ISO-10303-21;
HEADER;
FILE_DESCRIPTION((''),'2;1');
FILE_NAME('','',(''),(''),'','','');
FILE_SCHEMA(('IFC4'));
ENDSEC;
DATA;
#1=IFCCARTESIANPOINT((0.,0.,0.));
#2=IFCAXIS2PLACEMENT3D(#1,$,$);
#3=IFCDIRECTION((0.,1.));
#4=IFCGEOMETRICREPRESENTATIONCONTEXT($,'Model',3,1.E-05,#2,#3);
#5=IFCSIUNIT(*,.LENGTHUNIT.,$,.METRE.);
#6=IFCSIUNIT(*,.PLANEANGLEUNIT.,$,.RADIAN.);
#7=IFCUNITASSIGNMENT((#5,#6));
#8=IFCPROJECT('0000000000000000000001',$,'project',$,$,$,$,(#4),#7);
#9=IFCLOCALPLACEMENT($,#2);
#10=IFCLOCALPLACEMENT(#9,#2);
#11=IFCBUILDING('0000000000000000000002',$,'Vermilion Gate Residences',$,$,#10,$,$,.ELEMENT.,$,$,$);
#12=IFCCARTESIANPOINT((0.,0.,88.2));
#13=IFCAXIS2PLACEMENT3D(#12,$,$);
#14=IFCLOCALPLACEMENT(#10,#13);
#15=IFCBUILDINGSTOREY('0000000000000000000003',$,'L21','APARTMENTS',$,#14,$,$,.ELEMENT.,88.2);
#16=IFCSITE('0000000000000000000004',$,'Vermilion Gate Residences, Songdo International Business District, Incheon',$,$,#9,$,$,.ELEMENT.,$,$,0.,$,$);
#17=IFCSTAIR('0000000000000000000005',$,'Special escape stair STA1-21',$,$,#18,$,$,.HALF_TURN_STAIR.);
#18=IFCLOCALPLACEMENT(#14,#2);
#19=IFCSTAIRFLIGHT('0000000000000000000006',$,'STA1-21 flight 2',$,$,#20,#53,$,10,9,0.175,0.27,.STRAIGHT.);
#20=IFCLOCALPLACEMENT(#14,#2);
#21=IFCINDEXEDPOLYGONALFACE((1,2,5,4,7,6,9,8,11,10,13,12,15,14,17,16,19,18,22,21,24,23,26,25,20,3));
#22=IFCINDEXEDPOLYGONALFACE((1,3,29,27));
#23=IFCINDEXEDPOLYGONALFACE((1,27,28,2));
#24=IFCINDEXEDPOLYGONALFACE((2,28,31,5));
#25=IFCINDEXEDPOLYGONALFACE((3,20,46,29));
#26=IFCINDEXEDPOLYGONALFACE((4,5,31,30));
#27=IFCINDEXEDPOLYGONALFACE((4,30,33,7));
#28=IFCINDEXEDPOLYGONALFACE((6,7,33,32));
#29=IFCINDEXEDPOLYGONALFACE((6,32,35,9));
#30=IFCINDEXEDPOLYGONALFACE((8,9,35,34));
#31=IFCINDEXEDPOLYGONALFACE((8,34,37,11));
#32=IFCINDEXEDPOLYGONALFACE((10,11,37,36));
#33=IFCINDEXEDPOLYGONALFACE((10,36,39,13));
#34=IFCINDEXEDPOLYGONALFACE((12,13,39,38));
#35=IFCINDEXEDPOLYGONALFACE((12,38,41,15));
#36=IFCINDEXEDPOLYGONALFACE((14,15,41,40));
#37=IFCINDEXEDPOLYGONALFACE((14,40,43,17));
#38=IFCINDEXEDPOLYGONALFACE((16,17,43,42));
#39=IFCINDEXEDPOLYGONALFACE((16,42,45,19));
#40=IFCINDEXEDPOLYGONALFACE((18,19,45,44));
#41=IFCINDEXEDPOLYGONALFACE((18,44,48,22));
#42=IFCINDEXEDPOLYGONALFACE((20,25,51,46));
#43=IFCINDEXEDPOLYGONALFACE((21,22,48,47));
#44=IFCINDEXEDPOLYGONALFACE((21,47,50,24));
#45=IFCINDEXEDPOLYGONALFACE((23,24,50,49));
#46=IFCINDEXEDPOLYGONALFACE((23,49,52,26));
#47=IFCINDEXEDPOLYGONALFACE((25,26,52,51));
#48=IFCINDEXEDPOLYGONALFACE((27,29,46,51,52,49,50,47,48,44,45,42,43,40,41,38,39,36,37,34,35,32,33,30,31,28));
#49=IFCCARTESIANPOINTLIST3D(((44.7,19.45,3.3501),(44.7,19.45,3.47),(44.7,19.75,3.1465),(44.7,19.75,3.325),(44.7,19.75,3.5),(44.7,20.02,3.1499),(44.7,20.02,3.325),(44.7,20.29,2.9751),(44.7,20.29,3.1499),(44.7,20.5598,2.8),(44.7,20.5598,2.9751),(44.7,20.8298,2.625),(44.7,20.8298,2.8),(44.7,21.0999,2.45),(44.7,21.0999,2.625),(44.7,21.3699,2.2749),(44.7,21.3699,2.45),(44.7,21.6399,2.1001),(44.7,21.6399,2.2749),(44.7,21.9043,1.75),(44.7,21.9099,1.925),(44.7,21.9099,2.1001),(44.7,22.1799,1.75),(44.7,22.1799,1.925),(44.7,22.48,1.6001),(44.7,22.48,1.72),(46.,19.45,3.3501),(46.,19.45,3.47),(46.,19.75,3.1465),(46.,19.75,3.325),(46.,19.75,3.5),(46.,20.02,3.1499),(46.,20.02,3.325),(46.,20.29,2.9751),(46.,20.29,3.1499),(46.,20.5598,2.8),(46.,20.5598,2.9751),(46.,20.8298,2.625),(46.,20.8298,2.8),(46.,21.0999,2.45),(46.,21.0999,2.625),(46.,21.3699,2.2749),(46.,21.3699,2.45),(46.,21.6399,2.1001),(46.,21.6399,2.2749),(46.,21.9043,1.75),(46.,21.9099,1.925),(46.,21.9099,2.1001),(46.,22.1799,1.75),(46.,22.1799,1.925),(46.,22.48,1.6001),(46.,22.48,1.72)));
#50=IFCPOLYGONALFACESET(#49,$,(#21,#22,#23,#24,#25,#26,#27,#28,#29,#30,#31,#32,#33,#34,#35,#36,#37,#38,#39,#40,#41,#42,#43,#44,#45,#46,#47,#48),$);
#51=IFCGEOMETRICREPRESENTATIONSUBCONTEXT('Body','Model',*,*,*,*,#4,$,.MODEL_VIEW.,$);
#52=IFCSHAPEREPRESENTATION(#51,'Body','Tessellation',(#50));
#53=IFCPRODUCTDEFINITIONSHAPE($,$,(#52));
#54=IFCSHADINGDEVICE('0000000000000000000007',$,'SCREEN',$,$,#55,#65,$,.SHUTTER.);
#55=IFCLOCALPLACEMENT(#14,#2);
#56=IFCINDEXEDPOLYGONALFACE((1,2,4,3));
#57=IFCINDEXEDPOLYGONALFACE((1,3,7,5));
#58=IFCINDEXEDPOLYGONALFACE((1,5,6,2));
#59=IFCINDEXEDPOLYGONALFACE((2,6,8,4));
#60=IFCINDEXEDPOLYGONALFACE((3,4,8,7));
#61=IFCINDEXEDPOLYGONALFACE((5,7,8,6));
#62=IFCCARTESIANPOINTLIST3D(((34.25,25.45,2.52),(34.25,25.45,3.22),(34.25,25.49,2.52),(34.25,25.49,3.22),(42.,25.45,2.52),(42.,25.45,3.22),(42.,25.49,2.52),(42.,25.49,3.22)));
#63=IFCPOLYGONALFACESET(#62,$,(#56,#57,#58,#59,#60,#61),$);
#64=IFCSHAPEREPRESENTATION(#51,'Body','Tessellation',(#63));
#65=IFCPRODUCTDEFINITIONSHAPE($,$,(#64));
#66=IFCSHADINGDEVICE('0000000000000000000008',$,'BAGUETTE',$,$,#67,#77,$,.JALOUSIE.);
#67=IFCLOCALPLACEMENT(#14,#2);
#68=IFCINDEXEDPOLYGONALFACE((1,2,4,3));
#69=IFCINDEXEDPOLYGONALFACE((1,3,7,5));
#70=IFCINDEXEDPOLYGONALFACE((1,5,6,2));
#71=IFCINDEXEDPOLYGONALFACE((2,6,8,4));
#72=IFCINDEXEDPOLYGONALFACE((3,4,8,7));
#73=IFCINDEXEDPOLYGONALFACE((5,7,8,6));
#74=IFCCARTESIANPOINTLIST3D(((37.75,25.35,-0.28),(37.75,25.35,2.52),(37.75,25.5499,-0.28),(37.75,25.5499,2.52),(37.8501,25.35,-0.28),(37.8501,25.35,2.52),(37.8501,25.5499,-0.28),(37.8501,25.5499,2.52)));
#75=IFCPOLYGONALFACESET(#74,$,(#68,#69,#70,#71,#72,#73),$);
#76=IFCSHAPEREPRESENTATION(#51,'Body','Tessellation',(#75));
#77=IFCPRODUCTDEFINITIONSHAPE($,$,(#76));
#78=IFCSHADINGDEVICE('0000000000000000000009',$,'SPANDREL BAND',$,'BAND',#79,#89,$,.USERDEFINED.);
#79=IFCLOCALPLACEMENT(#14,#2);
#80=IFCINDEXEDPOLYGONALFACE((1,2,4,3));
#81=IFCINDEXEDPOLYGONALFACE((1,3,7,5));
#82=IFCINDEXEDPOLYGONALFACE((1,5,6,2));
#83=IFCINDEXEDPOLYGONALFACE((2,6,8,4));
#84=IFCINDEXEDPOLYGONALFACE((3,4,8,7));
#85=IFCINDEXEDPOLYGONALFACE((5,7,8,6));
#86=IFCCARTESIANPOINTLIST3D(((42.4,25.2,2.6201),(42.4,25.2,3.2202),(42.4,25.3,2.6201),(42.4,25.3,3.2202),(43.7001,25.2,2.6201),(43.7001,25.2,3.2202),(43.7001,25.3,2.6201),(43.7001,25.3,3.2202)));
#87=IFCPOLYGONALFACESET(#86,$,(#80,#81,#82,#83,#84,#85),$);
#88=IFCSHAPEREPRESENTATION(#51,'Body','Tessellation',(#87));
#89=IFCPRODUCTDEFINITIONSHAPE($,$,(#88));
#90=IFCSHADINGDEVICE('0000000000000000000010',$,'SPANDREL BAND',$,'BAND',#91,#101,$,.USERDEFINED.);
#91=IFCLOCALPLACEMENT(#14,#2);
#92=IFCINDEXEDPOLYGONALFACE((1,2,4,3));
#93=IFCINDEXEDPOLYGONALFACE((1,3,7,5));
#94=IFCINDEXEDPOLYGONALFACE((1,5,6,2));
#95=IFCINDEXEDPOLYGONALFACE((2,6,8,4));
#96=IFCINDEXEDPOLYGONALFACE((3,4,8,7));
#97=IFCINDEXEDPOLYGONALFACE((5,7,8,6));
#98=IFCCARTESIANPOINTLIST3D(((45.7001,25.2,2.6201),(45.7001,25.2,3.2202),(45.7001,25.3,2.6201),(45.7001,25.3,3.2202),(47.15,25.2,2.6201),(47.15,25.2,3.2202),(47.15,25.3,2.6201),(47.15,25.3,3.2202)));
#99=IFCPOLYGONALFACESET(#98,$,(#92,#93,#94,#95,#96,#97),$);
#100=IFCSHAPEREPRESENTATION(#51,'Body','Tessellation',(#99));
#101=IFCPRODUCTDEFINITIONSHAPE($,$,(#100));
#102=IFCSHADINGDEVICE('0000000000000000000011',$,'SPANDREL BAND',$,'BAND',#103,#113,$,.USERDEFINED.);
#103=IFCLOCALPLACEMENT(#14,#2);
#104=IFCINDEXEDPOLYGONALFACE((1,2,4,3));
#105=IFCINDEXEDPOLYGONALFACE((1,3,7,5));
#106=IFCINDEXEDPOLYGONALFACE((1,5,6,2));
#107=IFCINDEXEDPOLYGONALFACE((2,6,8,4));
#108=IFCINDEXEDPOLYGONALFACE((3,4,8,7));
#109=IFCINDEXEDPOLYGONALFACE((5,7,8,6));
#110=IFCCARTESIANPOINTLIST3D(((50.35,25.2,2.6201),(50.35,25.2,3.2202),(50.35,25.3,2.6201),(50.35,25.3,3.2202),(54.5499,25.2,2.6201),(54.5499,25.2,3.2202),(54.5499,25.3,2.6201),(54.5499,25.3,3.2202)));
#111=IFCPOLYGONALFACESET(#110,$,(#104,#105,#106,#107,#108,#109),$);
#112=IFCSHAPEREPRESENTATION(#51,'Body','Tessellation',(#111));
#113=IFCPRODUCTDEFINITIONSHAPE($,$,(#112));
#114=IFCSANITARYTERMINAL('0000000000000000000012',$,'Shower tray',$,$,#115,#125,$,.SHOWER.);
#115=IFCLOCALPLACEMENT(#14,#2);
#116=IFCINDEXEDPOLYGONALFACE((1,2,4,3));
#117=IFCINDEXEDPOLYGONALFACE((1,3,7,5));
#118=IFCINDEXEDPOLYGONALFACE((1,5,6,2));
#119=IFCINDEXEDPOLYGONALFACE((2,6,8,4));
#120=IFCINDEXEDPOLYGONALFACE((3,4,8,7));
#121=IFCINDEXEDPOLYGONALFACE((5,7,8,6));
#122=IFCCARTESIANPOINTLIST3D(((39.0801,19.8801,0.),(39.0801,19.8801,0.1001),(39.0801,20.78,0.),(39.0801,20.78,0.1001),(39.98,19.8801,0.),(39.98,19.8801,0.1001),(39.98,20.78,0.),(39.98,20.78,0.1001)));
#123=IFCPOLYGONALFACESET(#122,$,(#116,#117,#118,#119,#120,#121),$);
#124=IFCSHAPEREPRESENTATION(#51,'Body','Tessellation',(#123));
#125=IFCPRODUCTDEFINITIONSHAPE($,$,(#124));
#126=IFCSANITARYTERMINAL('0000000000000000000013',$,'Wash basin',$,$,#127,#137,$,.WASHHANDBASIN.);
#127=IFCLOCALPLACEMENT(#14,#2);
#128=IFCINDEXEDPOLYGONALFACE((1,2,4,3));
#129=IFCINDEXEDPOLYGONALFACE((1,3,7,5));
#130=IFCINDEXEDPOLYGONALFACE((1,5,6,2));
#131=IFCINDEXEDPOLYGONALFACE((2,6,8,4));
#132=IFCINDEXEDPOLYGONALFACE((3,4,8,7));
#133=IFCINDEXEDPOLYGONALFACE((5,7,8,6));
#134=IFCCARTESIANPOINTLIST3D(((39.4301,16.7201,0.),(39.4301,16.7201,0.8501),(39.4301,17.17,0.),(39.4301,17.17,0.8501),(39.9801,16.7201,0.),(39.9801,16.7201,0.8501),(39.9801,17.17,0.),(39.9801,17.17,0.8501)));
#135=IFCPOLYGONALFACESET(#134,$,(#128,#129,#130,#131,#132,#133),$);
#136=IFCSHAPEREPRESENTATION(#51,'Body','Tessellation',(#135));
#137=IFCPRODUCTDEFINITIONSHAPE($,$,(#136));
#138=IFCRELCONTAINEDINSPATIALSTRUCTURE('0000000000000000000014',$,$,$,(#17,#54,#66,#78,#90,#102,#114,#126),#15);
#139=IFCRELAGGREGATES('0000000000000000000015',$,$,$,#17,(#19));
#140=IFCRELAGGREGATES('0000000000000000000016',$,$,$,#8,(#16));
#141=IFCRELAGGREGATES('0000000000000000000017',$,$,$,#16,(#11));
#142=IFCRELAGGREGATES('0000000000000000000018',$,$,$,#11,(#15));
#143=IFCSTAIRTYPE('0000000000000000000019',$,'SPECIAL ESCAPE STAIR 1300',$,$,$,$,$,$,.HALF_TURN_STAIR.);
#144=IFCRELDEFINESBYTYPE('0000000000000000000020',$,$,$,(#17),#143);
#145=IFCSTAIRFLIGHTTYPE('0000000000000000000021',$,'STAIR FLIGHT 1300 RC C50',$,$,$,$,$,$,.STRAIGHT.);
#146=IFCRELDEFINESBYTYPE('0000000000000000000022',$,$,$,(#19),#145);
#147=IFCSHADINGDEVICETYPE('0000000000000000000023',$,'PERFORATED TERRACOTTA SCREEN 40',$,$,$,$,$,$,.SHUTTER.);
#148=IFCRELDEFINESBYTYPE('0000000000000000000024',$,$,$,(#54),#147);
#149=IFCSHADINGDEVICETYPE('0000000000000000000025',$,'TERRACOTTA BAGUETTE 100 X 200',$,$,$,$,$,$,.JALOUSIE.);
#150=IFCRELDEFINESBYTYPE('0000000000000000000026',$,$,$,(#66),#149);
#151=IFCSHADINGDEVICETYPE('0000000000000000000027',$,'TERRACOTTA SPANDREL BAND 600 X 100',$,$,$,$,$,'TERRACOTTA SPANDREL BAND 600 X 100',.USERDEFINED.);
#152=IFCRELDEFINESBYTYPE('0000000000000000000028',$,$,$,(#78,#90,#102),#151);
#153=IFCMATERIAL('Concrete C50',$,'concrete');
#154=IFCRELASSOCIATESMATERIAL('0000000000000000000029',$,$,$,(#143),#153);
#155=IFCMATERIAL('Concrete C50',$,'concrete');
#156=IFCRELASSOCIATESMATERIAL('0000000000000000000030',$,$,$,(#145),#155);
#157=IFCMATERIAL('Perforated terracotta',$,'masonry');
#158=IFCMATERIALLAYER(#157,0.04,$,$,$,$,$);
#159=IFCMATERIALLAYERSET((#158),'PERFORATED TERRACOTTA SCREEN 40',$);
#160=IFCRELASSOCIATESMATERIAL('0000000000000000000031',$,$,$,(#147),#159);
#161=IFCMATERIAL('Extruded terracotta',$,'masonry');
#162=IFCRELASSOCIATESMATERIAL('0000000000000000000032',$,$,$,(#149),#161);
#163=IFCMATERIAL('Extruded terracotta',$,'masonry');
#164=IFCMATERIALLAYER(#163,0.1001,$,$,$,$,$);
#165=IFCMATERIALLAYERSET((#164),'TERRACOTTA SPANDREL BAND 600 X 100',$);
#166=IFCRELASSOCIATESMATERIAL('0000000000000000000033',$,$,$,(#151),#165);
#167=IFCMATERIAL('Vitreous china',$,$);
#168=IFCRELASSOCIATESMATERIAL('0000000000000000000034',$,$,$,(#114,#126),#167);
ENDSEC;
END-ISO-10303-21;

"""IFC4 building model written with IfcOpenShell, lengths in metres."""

from ifc_helpers import new_model, si_unit, direction, frame, origin, origin_2d, place, context, subcontext, project, spatial, polyline, rectangle, outline, extrude, material, layer, layer_set, material_profile, profile_set, type_object, element, aggregate, save


model = new_model("IFC4")

# Units and contexts
model_context = context("Model", 3, precision=1e-05, world=origin(), true_north=direction((0.0, 1.0)))
body_context = subcontext(model_context, "Body", "Model", "MODEL_VIEW")
ifc_project = project(units=[si_unit("LENGTHUNIT", "METRE"), si_unit("PLANEANGLEUNIT", "RADIAN")], contexts=[model_context])

# Site, building, storey
site_placement = place(None, origin())
site = spatial("IfcSite", under=ifc_project, at=site_placement, Name="Vermilion Gate Residences, Songdo International Business District, Incheon", CompositionType="ELEMENT", RefElevation=0.0)
building_placement = place(site_placement, origin())
building = spatial("IfcBuilding", under=site, at=building_placement, Name="Vermilion Gate Residences", CompositionType="ELEMENT")
storey_placement = place(building_placement, frame((0.0, 0.0, 88.2)))
storey = spatial("IfcBuildingStorey", under=building, at=storey_placement, Name="L21", Description="APARTMENTS", CompositionType="ELEMENT", Elevation=88.2)

# Stair, stair flight
ifc_material_1 = material(Name="Concrete C50", Category="concrete")
stair_type = type_object("IfcStairType", Name="SPECIAL ESCAPE STAIR 1300", PredefinedType="HALF_TURN_STAIR", material=ifc_material_1)
stair_placement = place(storey_placement, origin())
stair = element("IfcStair", 1, at=stair_placement, inside=storey, type_object=stair_type, Name="Special escape stair STA1-21", PredefinedType="HALF_TURN_STAIR")
ifc_material_2 = material(Name="Concrete C50", Category="concrete")
stair_flight_type = type_object("IfcStairFlightType", Name="STAIR FLIGHT 1300 RC C50", PredefinedType="STRAIGHT", material=ifc_material_2)
stair_flight_1_placement = place(storey_placement, frame((45.3501, 22.1799, 1.75), z_axis=(0.0, 0.0, 1.0), x_axis=(0.0, -1.0, 0.0)))
stair_flight_1 = element("IfcStairFlight", 2, at=stair_flight_1_placement, type_object=stair_flight_type, Name="STA1-21 flight 2", NumberOfRisers=10, NumberOfTreads=9, PredefinedType="STRAIGHT", RiserHeight=0.175, TreadLength=0.27, context=body_context, shape_type="SweptSolid", body=[
    extrude(outline(polyline([(-0.3, -0.1499), (-0.3, -0.03), (0.0, 0.0), (0.0, 0.175), (0.27, 0.175), (0.27, 0.3501), (0.54, 0.3501), (0.54, 0.5249), (0.8101, 0.5249), (0.8101, 0.7), (1.0801, 0.7), (1.0801, 0.875), (1.3501, 0.875), (1.3501, 1.05), (1.6201, 1.05), (1.6201, 1.2251), (1.8899, 1.2251), (1.8899, 1.3999), (2.1599, 1.3999), (2.1599, 1.575), (2.4299, 1.575), (2.4299, 1.75), (2.73, 1.72), (2.73, 1.6001), (2.4299, 1.3965), (0.2756, 0.0), (-0.3, -0.1499)])), frame((0.0, 0.6499, 0.0), z_axis=(0.0, -1.0, 0.0), x_axis=(1.0, 0.0, 0.0)), (0.0, 0.0, 1.0), 1.3),
])
aggregate(stair, [stair_flight_1])

# Shading device
ifc_material_3 = material(Name="Perforated terracotta", Category="masonry")
ifc_layer_1 = layer(ifc_material_3, 0.04)
ifc_layer_set_1 = layer_set([ifc_layer_1], Name="PERFORATED TERRACOTTA SCREEN 40")
shading_device_type_1 = type_object("IfcShadingDeviceType", Name="PERFORATED TERRACOTTA SCREEN 40", PredefinedType="SHUTTER", material=ifc_layer_set_1)
shading_device_1_placement = place(storey_placement, frame((38.125, 25.47, 2.52), z_axis=(0.0, 0.0, 1.0), x_axis=(-1.0, 0.0, 0.0)))
element("IfcShadingDevice", 3, at=shading_device_1_placement, inside=storey, type_object=shading_device_type_1, Name="SCREEN", PredefinedType="SHUTTER", context=body_context, shape_type="SweptSolid", body=[
    extrude(rectangle(XDim=7.75, YDim=0.04, at=origin_2d()), origin(), (0.0, 0.0, 1.0), 0.7),
])

# Shading devices
ifc_material_4 = material(Name="Extruded terracotta", Category="masonry")
ifc_material_profile = material_profile(ifc_material_4, rectangle(XDim=0.2, YDim=0.1001, at=origin_2d()), Name="BAGUETTE 100 X 200")
ifc_profile_set = profile_set([ifc_material_profile], Name="Extruded terracotta")
shading_device_type_2 = type_object("IfcShadingDeviceType", Name="TERRACOTTA BAGUETTE 100 X 200", PredefinedType="JALOUSIE", material=ifc_profile_set)
shading_device_2_placement = place(storey_placement, frame((37.8, 25.45, -0.28), z_axis=(0.0, 0.0, 1.0), x_axis=(0.0, -1.0, 0.0)))
element("IfcShadingDevice", 4, at=shading_device_2_placement, inside=storey, type_object=shading_device_type_2, Name="BAGUETTE", PredefinedType="JALOUSIE", context=body_context, shape_type="SweptSolid", body=[
    extrude(rectangle(XDim=0.2, YDim=0.1001, at=origin_2d()), origin(), (0.0, 0.0, 1.0), 2.8),
])
ifc_material_5 = material(Name="Extruded terracotta", Category="masonry")
ifc_layer_2 = layer(ifc_material_5, 0.1001)
ifc_layer_set_2 = layer_set([ifc_layer_2], Name="TERRACOTTA SPANDREL BAND 600 X 100")
shading_device_type_3 = type_object("IfcShadingDeviceType", Name="TERRACOTTA SPANDREL BAND 600 X 100", ElementType="TERRACOTTA SPANDREL BAND 600 X 100", PredefinedType="USERDEFINED", material=ifc_layer_set_2)
shading_device_3_placement = place(storey_placement, frame((43.05, 25.25, 2.6201), z_axis=(0.0, 0.0, 1.0), x_axis=(1.0, 0.0, 0.0)))
element("IfcShadingDevice", 5, at=shading_device_3_placement, inside=storey, type_object=shading_device_type_3, Name="SPANDREL BAND", ObjectType="BAND", PredefinedType="USERDEFINED", context=body_context, shape_type="SweptSolid", body=[
    extrude(rectangle(XDim=1.3, YDim=0.1001, at=origin_2d()), origin(), (0.0, 0.0, 1.0), 0.6001),
])
shading_device_4_placement = place(storey_placement, frame((46.425, 25.25, 2.6201), z_axis=(0.0, 0.0, 1.0), x_axis=(1.0, 0.0, 0.0)))
element("IfcShadingDevice", 6, at=shading_device_4_placement, inside=storey, type_object=shading_device_type_3, Name="SPANDREL BAND", ObjectType="BAND", PredefinedType="USERDEFINED", context=body_context, shape_type="SweptSolid", body=[
    extrude(rectangle(XDim=1.45, YDim=0.1001, at=origin_2d()), origin(), (0.0, 0.0, 1.0), 0.6001),
])
shading_device_5_placement = place(storey_placement, frame((52.45, 25.25, 2.6201), z_axis=(0.0, 0.0, 1.0), x_axis=(1.0, 0.0, 0.0)))
element("IfcShadingDevice", 7, at=shading_device_5_placement, inside=storey, type_object=shading_device_type_3, Name="SPANDREL BAND", ObjectType="BAND", PredefinedType="USERDEFINED", context=body_context, shape_type="SweptSolid", body=[
    extrude(rectangle(XDim=4.2, YDim=0.1001, at=origin_2d()), origin(), (0.0, 0.0, 1.0), 0.6001),
])

# Sanitary terminals
ifc_material_6 = material(Name="Vitreous china")
sanitary_terminal_1_placement = place(storey_placement, frame((39.53, 20.3301, 0.0), z_axis=(0.0, 0.0, 1.0), x_axis=(1.0, 0.0, 0.0)))
element("IfcSanitaryTerminal", 8, at=sanitary_terminal_1_placement, inside=storey, material=ifc_material_6, Name="Shower tray", PredefinedType="SHOWER", context=body_context, shape_type="SweptSolid", body=[
    extrude(rectangle(XDim=0.8999, YDim=0.8999, at=origin_2d()), origin(), (0.0, 0.0, 1.0), 0.1001),
])
sanitary_terminal_2_placement = place(storey_placement, frame((39.7051, 16.9451, 0.0), z_axis=(0.0, 0.0, 1.0), x_axis=(1.0, 0.0, 0.0)))
element("IfcSanitaryTerminal", 9, at=sanitary_terminal_2_placement, inside=storey, material=ifc_material_6, Name="Wash basin", PredefinedType="WASHHANDBASIN", context=body_context, shape_type="SweptSolid", body=[
    extrude(rectangle(XDim=0.55, YDim=0.45, at=origin_2d()), origin(), (0.0, 0.0, 1.0), 0.8501),
])

save(model, "model.ifc")
